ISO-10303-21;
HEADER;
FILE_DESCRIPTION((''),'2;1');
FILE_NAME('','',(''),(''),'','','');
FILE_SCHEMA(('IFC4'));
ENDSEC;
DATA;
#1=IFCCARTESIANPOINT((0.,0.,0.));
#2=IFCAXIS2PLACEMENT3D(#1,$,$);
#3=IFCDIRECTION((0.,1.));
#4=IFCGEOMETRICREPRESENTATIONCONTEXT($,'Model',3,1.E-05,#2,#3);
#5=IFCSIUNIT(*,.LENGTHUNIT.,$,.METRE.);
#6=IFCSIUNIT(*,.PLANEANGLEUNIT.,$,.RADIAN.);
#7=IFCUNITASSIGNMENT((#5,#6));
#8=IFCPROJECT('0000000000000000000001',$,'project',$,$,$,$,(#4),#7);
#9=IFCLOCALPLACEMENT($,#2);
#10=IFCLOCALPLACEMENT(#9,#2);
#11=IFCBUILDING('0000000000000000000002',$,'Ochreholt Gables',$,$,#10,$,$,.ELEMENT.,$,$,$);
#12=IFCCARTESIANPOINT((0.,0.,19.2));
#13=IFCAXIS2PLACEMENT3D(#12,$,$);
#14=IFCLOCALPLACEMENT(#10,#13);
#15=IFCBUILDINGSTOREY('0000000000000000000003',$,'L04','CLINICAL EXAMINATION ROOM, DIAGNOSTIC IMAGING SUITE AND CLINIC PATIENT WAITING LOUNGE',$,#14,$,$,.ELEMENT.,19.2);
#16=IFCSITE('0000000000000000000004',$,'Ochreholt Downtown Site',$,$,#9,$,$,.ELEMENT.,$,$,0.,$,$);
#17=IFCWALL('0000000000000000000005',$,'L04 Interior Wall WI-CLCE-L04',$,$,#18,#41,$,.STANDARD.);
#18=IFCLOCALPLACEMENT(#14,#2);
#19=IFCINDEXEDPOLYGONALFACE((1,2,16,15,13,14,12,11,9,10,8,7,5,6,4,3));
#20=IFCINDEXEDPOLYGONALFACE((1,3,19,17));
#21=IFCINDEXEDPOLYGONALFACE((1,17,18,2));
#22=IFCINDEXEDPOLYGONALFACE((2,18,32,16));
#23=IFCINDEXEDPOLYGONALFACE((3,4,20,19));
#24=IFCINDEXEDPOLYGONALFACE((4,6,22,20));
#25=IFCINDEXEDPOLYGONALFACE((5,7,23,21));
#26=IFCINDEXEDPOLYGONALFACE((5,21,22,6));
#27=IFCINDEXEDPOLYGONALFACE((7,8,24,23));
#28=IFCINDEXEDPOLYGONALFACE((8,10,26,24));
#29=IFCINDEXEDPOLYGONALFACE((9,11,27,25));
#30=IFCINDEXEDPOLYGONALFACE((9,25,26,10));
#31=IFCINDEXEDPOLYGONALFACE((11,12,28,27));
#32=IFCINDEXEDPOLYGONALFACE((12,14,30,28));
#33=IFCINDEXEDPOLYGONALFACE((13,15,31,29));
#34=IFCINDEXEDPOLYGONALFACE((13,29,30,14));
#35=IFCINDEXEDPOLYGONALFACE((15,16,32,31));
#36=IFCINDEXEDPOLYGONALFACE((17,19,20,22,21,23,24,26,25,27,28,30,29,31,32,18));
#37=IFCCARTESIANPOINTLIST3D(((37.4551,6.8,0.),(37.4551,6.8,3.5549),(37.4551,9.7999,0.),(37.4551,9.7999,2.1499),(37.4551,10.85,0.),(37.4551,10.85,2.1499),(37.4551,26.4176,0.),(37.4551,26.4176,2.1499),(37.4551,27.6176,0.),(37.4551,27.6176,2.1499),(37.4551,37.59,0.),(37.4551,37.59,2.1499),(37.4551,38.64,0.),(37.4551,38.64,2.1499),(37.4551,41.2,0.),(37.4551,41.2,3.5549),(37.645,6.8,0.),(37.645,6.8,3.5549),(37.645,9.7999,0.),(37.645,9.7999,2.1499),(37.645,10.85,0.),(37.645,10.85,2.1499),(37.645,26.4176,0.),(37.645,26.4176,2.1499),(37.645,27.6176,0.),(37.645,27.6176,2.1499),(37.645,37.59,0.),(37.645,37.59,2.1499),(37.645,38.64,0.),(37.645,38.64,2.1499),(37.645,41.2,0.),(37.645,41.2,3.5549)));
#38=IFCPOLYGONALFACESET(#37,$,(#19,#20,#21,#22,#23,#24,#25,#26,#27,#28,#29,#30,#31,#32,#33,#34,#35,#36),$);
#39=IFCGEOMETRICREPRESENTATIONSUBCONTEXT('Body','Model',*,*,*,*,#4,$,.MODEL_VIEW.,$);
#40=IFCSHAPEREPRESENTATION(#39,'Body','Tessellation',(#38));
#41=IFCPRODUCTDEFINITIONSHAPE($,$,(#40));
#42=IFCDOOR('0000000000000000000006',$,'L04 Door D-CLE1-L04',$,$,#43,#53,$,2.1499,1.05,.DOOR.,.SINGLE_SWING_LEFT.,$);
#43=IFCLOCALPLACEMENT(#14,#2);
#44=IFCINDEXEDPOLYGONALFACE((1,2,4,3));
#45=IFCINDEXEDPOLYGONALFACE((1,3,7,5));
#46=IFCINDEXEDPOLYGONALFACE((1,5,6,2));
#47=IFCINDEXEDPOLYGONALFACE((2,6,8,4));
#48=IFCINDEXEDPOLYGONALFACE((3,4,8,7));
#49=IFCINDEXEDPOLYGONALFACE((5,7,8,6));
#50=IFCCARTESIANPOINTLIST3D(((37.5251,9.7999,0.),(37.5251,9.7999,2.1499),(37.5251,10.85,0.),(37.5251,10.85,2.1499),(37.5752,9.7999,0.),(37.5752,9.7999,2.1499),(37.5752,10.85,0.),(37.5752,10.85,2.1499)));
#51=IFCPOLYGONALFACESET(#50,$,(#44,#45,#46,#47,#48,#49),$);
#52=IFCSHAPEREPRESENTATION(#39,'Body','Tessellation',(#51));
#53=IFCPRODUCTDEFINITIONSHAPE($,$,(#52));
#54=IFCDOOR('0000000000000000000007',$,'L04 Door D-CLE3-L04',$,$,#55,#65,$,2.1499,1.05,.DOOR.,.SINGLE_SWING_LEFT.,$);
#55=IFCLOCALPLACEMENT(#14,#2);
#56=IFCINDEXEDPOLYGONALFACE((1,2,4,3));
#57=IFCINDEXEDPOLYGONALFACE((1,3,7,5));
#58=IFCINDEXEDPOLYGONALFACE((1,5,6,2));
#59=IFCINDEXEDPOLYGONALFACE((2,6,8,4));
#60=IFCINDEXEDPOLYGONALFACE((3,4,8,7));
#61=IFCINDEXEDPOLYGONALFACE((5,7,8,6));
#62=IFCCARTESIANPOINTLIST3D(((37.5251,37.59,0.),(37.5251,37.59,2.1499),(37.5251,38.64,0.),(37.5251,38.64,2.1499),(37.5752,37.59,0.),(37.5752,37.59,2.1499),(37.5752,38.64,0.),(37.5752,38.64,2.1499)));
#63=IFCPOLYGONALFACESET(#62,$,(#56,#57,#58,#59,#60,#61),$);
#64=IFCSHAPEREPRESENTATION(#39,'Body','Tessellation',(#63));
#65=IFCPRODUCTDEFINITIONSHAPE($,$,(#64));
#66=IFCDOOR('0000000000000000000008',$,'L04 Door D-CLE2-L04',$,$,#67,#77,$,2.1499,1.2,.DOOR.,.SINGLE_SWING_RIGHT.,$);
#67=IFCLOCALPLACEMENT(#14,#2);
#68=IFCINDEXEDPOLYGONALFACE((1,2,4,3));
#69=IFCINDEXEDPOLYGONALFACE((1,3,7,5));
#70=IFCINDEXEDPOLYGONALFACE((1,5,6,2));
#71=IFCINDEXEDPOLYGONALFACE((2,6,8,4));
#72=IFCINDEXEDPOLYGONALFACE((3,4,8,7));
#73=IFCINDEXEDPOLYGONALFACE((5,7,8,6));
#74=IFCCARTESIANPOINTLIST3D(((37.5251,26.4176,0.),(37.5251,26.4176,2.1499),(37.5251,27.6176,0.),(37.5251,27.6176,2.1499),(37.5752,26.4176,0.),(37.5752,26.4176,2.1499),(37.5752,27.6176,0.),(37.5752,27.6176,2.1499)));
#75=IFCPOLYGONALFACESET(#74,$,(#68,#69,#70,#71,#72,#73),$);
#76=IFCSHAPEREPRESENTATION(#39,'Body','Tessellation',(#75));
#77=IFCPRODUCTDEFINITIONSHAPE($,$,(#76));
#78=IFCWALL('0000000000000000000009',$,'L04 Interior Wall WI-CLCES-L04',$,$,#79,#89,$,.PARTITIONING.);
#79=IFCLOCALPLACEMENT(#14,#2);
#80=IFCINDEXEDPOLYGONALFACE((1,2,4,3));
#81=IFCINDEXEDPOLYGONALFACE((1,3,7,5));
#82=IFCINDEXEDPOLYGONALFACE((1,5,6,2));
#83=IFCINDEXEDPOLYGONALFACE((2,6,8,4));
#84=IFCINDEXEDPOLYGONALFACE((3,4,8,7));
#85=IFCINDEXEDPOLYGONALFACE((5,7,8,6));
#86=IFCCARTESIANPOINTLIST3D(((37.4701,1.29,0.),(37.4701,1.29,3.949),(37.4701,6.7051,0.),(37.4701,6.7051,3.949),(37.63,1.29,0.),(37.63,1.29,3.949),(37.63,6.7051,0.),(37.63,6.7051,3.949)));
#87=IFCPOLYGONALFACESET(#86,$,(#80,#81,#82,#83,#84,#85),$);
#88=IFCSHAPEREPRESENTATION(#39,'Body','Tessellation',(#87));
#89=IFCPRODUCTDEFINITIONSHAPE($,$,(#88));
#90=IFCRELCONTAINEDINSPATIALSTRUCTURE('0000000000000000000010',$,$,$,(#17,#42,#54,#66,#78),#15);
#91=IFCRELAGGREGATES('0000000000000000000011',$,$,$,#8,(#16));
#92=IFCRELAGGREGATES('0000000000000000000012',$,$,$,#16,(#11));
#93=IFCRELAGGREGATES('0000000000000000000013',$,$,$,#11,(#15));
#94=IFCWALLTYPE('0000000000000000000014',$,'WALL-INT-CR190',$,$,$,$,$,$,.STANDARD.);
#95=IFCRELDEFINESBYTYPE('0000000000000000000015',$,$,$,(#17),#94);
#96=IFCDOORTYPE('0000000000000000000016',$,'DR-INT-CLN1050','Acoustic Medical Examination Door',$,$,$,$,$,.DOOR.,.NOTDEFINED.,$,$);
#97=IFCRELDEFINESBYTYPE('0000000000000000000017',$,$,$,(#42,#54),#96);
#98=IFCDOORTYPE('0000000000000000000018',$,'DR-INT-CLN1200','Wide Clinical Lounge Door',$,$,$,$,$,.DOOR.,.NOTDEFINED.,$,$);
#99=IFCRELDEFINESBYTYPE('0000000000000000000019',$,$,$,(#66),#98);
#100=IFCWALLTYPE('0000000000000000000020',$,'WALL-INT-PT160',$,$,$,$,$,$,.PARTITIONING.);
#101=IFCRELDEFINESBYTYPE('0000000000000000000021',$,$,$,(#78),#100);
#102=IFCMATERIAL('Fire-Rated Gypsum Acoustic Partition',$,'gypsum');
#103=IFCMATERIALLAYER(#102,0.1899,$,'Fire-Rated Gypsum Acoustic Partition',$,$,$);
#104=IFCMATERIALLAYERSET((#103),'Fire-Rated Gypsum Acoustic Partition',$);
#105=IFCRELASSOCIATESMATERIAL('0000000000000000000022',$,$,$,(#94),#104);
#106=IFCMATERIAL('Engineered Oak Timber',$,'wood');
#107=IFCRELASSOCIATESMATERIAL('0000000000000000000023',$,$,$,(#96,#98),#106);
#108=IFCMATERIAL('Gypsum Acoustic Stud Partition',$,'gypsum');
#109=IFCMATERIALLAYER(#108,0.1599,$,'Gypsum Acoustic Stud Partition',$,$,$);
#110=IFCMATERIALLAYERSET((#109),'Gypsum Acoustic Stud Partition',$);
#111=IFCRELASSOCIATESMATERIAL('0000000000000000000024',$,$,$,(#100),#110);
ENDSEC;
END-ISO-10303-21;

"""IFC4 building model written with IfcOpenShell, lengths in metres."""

from ifc_helpers import new_model, si_unit, direction, frame, frame_2d, origin, place, context, subcontext, project, spatial, rectangle, extrude, material, layer, layer_set, type_object, element, fill, save


model = new_model("IFC4")

# Units and contexts
model_context = context("Model", 3, precision=1e-05, world=origin(), true_north=direction((0.0, 1.0)))
body_context = subcontext(model_context, "Body", "Model", "MODEL_VIEW")
ifc_project = project(units=[si_unit("LENGTHUNIT", "METRE"), si_unit("PLANEANGLEUNIT", "RADIAN")], contexts=[model_context])

# Site, building, storey
site_placement = place(None, origin())
site = spatial("IfcSite", under=ifc_project, at=site_placement, Name="Ochreholt Downtown Site", CompositionType="ELEMENT", RefElevation=0.0)
building_placement = place(site_placement, origin())
building = spatial("IfcBuilding", under=site, at=building_placement, Name="Ochreholt Gables", CompositionType="ELEMENT")
storey_placement = place(building_placement, frame((0.0, 0.0, 19.2)))
storey = spatial("IfcBuildingStorey", under=building, at=storey_placement, Name="L04", Description="CLINICAL EXAMINATION ROOM, DIAGNOSTIC IMAGING SUITE AND CLINIC PATIENT WAITING LOUNGE", CompositionType="ELEMENT", Elevation=19.2)

# Wall, openings, doors
ifc_material_1 = material(Name="Fire-Rated Gypsum Acoustic Partition", Category="gypsum")
ifc_layer_1 = layer(ifc_material_1, 0.1899, Name="Fire-Rated Gypsum Acoustic Partition")
ifc_layer_set_1 = layer_set([ifc_layer_1], Name="Fire-Rated Gypsum Acoustic Partition")
wall_type_1 = type_object("IfcWallType", Name="WALL-INT-CR190", PredefinedType="STANDARD", material=ifc_layer_set_1)
wall_1_placement = place(storey_placement, frame((37.55, 6.8, 0.0), z_axis=(0.0, 0.0, 1.0), x_axis=(0.0, 1.0, 0.0)))
wall_1 = element("IfcWall", 1, at=wall_1_placement, inside=storey, type_object=wall_type_1, Name="L04 Interior Wall WI-CLCE-L04", PredefinedType="STANDARD", context=body_context, shape_type="SweptSolid", body=[
    extrude(rectangle(XDim=34.3999, YDim=0.1899, at=frame_2d((17.2, 0.0))), origin(), (0.0, 0.0, 1.0), 3.5549),
])
opening_1_placement = place(wall_1_placement, frame((3.0, 0.0, 0.0)))
opening_1 = element("IfcOpeningElement", 2, at=opening_1_placement, cuts=wall_1, PredefinedType="OPENING", context=body_context, shape_type="SweptSolid", body=[
    extrude(rectangle(XDim=1.05, YDim=2.1499, at=frame_2d((0.5249, 1.075))), frame((0.0, 0.105, 0.0), z_axis=(0.0, -1.0, 0.0), x_axis=(1.0, 0.0, 0.0)), (0.0, 0.0, 1.0), 0.21),
])
opening_2_placement = place(wall_1_placement, frame((19.6174, 0.0, 0.0)))
opening_2 = element("IfcOpeningElement", 3, at=opening_2_placement, cuts=wall_1, PredefinedType="OPENING", context=body_context, shape_type="SweptSolid", body=[
    extrude(rectangle(XDim=1.2, YDim=2.1499, at=frame_2d((0.6001, 1.075))), frame((0.0, 0.105, 0.0), z_axis=(0.0, -1.0, 0.0), x_axis=(1.0, 0.0, 0.0)), (0.0, 0.0, 1.0), 0.21),
])
opening_3_placement = place(wall_1_placement, frame((30.79, 0.0, 0.0)))
opening_3 = element("IfcOpeningElement", 4, at=opening_3_placement, cuts=wall_1, PredefinedType="OPENING", context=body_context, shape_type="SweptSolid", body=[
    extrude(rectangle(XDim=1.05, YDim=2.1499, at=frame_2d((0.5249, 1.075))), frame((0.0, 0.105, 0.0), z_axis=(0.0, -1.0, 0.0), x_axis=(1.0, 0.0, 0.0)), (0.0, 0.0, 1.0), 0.21),
])
ifc_material_2 = material(Name="Engineered Oak Timber", Category="wood")
door_type_1 = type_object("IfcDoorType", Name="DR-INT-CLN1050", Description="Acoustic Medical Examination Door", OperationType="NOTDEFINED", PredefinedType="DOOR", material=ifc_material_2)
door_1_placement = place(opening_1_placement, origin())
door_1 = element("IfcDoor", 5, at=door_1_placement, inside=storey, type_object=door_type_1, Name="L04 Door D-CLE1-L04", OperationType="SINGLE_SWING_LEFT", OverallHeight=2.1499, OverallWidth=1.05, PredefinedType="DOOR", context=body_context, shape_type="SweptSolid", body=[
    extrude(rectangle(XDim=1.05, YDim=2.1499, at=frame_2d((0.5249, 1.075))), frame((0.0, 0.0249, 0.0), z_axis=(0.0, -1.0, 0.0), x_axis=(1.0, 0.0, 0.0)), (0.0, 0.0, 1.0), 0.05),
])
fill(opening_1, door_1)
door_2_placement = place(opening_3_placement, origin())
door_2 = element("IfcDoor", 6, at=door_2_placement, inside=storey, type_object=door_type_1, Name="L04 Door D-CLE3-L04", OperationType="SINGLE_SWING_LEFT", OverallHeight=2.1499, OverallWidth=1.05, PredefinedType="DOOR", context=body_context, shape_type="SweptSolid", body=[
    extrude(rectangle(XDim=1.05, YDim=2.1499, at=frame_2d((0.5249, 1.075))), frame((0.0, 0.0249, 0.0), z_axis=(0.0, -1.0, 0.0), x_axis=(1.0, 0.0, 0.0)), (0.0, 0.0, 1.0), 0.05),
])
fill(opening_3, door_2)
door_type_2 = type_object("IfcDoorType", Name="DR-INT-CLN1200", Description="Wide Clinical Lounge Door", OperationType="NOTDEFINED", PredefinedType="DOOR", material=ifc_material_2)
door_3_placement = place(opening_2_placement, origin())
door_3 = element("IfcDoor", 7, at=door_3_placement, inside=storey, type_object=door_type_2, Name="L04 Door D-CLE2-L04", OperationType="SINGLE_SWING_RIGHT", OverallHeight=2.1499, OverallWidth=1.2, PredefinedType="DOOR", context=body_context, shape_type="SweptSolid", body=[
    extrude(rectangle(XDim=1.2, YDim=2.1499, at=frame_2d((0.6001, 1.075))), frame((0.0, 0.0249, 0.0), z_axis=(0.0, -1.0, 0.0), x_axis=(1.0, 0.0, 0.0)), (0.0, 0.0, 1.0), 0.05),
])
fill(opening_2, door_3)

# Wall
ifc_material_3 = material(Name="Gypsum Acoustic Stud Partition", Category="gypsum")
ifc_layer_2 = layer(ifc_material_3, 0.1599, Name="Gypsum Acoustic Stud Partition")
ifc_layer_set_2 = layer_set([ifc_layer_2], Name="Gypsum Acoustic Stud Partition")
wall_type_2 = type_object("IfcWallType", Name="WALL-INT-PT160", PredefinedType="PARTITIONING", material=ifc_layer_set_2)
wall_2_placement = place(storey_placement, frame((37.55, 1.29, 0.0), z_axis=(0.0, 0.0, 1.0), x_axis=(0.0, 1.0, 0.0)))
element("IfcWall", 8, at=wall_2_placement, inside=storey, type_object=wall_type_2, Name="L04 Interior Wall WI-CLCES-L04", PredefinedType="PARTITIONING", context=body_context, shape_type="SweptSolid", body=[
    extrude(rectangle(XDim=5.415, YDim=0.1599, at=frame_2d((2.7075, 0.0))), origin(), (0.0, 0.0, 1.0), 3.949),
])

save(model, "model.ifc")
